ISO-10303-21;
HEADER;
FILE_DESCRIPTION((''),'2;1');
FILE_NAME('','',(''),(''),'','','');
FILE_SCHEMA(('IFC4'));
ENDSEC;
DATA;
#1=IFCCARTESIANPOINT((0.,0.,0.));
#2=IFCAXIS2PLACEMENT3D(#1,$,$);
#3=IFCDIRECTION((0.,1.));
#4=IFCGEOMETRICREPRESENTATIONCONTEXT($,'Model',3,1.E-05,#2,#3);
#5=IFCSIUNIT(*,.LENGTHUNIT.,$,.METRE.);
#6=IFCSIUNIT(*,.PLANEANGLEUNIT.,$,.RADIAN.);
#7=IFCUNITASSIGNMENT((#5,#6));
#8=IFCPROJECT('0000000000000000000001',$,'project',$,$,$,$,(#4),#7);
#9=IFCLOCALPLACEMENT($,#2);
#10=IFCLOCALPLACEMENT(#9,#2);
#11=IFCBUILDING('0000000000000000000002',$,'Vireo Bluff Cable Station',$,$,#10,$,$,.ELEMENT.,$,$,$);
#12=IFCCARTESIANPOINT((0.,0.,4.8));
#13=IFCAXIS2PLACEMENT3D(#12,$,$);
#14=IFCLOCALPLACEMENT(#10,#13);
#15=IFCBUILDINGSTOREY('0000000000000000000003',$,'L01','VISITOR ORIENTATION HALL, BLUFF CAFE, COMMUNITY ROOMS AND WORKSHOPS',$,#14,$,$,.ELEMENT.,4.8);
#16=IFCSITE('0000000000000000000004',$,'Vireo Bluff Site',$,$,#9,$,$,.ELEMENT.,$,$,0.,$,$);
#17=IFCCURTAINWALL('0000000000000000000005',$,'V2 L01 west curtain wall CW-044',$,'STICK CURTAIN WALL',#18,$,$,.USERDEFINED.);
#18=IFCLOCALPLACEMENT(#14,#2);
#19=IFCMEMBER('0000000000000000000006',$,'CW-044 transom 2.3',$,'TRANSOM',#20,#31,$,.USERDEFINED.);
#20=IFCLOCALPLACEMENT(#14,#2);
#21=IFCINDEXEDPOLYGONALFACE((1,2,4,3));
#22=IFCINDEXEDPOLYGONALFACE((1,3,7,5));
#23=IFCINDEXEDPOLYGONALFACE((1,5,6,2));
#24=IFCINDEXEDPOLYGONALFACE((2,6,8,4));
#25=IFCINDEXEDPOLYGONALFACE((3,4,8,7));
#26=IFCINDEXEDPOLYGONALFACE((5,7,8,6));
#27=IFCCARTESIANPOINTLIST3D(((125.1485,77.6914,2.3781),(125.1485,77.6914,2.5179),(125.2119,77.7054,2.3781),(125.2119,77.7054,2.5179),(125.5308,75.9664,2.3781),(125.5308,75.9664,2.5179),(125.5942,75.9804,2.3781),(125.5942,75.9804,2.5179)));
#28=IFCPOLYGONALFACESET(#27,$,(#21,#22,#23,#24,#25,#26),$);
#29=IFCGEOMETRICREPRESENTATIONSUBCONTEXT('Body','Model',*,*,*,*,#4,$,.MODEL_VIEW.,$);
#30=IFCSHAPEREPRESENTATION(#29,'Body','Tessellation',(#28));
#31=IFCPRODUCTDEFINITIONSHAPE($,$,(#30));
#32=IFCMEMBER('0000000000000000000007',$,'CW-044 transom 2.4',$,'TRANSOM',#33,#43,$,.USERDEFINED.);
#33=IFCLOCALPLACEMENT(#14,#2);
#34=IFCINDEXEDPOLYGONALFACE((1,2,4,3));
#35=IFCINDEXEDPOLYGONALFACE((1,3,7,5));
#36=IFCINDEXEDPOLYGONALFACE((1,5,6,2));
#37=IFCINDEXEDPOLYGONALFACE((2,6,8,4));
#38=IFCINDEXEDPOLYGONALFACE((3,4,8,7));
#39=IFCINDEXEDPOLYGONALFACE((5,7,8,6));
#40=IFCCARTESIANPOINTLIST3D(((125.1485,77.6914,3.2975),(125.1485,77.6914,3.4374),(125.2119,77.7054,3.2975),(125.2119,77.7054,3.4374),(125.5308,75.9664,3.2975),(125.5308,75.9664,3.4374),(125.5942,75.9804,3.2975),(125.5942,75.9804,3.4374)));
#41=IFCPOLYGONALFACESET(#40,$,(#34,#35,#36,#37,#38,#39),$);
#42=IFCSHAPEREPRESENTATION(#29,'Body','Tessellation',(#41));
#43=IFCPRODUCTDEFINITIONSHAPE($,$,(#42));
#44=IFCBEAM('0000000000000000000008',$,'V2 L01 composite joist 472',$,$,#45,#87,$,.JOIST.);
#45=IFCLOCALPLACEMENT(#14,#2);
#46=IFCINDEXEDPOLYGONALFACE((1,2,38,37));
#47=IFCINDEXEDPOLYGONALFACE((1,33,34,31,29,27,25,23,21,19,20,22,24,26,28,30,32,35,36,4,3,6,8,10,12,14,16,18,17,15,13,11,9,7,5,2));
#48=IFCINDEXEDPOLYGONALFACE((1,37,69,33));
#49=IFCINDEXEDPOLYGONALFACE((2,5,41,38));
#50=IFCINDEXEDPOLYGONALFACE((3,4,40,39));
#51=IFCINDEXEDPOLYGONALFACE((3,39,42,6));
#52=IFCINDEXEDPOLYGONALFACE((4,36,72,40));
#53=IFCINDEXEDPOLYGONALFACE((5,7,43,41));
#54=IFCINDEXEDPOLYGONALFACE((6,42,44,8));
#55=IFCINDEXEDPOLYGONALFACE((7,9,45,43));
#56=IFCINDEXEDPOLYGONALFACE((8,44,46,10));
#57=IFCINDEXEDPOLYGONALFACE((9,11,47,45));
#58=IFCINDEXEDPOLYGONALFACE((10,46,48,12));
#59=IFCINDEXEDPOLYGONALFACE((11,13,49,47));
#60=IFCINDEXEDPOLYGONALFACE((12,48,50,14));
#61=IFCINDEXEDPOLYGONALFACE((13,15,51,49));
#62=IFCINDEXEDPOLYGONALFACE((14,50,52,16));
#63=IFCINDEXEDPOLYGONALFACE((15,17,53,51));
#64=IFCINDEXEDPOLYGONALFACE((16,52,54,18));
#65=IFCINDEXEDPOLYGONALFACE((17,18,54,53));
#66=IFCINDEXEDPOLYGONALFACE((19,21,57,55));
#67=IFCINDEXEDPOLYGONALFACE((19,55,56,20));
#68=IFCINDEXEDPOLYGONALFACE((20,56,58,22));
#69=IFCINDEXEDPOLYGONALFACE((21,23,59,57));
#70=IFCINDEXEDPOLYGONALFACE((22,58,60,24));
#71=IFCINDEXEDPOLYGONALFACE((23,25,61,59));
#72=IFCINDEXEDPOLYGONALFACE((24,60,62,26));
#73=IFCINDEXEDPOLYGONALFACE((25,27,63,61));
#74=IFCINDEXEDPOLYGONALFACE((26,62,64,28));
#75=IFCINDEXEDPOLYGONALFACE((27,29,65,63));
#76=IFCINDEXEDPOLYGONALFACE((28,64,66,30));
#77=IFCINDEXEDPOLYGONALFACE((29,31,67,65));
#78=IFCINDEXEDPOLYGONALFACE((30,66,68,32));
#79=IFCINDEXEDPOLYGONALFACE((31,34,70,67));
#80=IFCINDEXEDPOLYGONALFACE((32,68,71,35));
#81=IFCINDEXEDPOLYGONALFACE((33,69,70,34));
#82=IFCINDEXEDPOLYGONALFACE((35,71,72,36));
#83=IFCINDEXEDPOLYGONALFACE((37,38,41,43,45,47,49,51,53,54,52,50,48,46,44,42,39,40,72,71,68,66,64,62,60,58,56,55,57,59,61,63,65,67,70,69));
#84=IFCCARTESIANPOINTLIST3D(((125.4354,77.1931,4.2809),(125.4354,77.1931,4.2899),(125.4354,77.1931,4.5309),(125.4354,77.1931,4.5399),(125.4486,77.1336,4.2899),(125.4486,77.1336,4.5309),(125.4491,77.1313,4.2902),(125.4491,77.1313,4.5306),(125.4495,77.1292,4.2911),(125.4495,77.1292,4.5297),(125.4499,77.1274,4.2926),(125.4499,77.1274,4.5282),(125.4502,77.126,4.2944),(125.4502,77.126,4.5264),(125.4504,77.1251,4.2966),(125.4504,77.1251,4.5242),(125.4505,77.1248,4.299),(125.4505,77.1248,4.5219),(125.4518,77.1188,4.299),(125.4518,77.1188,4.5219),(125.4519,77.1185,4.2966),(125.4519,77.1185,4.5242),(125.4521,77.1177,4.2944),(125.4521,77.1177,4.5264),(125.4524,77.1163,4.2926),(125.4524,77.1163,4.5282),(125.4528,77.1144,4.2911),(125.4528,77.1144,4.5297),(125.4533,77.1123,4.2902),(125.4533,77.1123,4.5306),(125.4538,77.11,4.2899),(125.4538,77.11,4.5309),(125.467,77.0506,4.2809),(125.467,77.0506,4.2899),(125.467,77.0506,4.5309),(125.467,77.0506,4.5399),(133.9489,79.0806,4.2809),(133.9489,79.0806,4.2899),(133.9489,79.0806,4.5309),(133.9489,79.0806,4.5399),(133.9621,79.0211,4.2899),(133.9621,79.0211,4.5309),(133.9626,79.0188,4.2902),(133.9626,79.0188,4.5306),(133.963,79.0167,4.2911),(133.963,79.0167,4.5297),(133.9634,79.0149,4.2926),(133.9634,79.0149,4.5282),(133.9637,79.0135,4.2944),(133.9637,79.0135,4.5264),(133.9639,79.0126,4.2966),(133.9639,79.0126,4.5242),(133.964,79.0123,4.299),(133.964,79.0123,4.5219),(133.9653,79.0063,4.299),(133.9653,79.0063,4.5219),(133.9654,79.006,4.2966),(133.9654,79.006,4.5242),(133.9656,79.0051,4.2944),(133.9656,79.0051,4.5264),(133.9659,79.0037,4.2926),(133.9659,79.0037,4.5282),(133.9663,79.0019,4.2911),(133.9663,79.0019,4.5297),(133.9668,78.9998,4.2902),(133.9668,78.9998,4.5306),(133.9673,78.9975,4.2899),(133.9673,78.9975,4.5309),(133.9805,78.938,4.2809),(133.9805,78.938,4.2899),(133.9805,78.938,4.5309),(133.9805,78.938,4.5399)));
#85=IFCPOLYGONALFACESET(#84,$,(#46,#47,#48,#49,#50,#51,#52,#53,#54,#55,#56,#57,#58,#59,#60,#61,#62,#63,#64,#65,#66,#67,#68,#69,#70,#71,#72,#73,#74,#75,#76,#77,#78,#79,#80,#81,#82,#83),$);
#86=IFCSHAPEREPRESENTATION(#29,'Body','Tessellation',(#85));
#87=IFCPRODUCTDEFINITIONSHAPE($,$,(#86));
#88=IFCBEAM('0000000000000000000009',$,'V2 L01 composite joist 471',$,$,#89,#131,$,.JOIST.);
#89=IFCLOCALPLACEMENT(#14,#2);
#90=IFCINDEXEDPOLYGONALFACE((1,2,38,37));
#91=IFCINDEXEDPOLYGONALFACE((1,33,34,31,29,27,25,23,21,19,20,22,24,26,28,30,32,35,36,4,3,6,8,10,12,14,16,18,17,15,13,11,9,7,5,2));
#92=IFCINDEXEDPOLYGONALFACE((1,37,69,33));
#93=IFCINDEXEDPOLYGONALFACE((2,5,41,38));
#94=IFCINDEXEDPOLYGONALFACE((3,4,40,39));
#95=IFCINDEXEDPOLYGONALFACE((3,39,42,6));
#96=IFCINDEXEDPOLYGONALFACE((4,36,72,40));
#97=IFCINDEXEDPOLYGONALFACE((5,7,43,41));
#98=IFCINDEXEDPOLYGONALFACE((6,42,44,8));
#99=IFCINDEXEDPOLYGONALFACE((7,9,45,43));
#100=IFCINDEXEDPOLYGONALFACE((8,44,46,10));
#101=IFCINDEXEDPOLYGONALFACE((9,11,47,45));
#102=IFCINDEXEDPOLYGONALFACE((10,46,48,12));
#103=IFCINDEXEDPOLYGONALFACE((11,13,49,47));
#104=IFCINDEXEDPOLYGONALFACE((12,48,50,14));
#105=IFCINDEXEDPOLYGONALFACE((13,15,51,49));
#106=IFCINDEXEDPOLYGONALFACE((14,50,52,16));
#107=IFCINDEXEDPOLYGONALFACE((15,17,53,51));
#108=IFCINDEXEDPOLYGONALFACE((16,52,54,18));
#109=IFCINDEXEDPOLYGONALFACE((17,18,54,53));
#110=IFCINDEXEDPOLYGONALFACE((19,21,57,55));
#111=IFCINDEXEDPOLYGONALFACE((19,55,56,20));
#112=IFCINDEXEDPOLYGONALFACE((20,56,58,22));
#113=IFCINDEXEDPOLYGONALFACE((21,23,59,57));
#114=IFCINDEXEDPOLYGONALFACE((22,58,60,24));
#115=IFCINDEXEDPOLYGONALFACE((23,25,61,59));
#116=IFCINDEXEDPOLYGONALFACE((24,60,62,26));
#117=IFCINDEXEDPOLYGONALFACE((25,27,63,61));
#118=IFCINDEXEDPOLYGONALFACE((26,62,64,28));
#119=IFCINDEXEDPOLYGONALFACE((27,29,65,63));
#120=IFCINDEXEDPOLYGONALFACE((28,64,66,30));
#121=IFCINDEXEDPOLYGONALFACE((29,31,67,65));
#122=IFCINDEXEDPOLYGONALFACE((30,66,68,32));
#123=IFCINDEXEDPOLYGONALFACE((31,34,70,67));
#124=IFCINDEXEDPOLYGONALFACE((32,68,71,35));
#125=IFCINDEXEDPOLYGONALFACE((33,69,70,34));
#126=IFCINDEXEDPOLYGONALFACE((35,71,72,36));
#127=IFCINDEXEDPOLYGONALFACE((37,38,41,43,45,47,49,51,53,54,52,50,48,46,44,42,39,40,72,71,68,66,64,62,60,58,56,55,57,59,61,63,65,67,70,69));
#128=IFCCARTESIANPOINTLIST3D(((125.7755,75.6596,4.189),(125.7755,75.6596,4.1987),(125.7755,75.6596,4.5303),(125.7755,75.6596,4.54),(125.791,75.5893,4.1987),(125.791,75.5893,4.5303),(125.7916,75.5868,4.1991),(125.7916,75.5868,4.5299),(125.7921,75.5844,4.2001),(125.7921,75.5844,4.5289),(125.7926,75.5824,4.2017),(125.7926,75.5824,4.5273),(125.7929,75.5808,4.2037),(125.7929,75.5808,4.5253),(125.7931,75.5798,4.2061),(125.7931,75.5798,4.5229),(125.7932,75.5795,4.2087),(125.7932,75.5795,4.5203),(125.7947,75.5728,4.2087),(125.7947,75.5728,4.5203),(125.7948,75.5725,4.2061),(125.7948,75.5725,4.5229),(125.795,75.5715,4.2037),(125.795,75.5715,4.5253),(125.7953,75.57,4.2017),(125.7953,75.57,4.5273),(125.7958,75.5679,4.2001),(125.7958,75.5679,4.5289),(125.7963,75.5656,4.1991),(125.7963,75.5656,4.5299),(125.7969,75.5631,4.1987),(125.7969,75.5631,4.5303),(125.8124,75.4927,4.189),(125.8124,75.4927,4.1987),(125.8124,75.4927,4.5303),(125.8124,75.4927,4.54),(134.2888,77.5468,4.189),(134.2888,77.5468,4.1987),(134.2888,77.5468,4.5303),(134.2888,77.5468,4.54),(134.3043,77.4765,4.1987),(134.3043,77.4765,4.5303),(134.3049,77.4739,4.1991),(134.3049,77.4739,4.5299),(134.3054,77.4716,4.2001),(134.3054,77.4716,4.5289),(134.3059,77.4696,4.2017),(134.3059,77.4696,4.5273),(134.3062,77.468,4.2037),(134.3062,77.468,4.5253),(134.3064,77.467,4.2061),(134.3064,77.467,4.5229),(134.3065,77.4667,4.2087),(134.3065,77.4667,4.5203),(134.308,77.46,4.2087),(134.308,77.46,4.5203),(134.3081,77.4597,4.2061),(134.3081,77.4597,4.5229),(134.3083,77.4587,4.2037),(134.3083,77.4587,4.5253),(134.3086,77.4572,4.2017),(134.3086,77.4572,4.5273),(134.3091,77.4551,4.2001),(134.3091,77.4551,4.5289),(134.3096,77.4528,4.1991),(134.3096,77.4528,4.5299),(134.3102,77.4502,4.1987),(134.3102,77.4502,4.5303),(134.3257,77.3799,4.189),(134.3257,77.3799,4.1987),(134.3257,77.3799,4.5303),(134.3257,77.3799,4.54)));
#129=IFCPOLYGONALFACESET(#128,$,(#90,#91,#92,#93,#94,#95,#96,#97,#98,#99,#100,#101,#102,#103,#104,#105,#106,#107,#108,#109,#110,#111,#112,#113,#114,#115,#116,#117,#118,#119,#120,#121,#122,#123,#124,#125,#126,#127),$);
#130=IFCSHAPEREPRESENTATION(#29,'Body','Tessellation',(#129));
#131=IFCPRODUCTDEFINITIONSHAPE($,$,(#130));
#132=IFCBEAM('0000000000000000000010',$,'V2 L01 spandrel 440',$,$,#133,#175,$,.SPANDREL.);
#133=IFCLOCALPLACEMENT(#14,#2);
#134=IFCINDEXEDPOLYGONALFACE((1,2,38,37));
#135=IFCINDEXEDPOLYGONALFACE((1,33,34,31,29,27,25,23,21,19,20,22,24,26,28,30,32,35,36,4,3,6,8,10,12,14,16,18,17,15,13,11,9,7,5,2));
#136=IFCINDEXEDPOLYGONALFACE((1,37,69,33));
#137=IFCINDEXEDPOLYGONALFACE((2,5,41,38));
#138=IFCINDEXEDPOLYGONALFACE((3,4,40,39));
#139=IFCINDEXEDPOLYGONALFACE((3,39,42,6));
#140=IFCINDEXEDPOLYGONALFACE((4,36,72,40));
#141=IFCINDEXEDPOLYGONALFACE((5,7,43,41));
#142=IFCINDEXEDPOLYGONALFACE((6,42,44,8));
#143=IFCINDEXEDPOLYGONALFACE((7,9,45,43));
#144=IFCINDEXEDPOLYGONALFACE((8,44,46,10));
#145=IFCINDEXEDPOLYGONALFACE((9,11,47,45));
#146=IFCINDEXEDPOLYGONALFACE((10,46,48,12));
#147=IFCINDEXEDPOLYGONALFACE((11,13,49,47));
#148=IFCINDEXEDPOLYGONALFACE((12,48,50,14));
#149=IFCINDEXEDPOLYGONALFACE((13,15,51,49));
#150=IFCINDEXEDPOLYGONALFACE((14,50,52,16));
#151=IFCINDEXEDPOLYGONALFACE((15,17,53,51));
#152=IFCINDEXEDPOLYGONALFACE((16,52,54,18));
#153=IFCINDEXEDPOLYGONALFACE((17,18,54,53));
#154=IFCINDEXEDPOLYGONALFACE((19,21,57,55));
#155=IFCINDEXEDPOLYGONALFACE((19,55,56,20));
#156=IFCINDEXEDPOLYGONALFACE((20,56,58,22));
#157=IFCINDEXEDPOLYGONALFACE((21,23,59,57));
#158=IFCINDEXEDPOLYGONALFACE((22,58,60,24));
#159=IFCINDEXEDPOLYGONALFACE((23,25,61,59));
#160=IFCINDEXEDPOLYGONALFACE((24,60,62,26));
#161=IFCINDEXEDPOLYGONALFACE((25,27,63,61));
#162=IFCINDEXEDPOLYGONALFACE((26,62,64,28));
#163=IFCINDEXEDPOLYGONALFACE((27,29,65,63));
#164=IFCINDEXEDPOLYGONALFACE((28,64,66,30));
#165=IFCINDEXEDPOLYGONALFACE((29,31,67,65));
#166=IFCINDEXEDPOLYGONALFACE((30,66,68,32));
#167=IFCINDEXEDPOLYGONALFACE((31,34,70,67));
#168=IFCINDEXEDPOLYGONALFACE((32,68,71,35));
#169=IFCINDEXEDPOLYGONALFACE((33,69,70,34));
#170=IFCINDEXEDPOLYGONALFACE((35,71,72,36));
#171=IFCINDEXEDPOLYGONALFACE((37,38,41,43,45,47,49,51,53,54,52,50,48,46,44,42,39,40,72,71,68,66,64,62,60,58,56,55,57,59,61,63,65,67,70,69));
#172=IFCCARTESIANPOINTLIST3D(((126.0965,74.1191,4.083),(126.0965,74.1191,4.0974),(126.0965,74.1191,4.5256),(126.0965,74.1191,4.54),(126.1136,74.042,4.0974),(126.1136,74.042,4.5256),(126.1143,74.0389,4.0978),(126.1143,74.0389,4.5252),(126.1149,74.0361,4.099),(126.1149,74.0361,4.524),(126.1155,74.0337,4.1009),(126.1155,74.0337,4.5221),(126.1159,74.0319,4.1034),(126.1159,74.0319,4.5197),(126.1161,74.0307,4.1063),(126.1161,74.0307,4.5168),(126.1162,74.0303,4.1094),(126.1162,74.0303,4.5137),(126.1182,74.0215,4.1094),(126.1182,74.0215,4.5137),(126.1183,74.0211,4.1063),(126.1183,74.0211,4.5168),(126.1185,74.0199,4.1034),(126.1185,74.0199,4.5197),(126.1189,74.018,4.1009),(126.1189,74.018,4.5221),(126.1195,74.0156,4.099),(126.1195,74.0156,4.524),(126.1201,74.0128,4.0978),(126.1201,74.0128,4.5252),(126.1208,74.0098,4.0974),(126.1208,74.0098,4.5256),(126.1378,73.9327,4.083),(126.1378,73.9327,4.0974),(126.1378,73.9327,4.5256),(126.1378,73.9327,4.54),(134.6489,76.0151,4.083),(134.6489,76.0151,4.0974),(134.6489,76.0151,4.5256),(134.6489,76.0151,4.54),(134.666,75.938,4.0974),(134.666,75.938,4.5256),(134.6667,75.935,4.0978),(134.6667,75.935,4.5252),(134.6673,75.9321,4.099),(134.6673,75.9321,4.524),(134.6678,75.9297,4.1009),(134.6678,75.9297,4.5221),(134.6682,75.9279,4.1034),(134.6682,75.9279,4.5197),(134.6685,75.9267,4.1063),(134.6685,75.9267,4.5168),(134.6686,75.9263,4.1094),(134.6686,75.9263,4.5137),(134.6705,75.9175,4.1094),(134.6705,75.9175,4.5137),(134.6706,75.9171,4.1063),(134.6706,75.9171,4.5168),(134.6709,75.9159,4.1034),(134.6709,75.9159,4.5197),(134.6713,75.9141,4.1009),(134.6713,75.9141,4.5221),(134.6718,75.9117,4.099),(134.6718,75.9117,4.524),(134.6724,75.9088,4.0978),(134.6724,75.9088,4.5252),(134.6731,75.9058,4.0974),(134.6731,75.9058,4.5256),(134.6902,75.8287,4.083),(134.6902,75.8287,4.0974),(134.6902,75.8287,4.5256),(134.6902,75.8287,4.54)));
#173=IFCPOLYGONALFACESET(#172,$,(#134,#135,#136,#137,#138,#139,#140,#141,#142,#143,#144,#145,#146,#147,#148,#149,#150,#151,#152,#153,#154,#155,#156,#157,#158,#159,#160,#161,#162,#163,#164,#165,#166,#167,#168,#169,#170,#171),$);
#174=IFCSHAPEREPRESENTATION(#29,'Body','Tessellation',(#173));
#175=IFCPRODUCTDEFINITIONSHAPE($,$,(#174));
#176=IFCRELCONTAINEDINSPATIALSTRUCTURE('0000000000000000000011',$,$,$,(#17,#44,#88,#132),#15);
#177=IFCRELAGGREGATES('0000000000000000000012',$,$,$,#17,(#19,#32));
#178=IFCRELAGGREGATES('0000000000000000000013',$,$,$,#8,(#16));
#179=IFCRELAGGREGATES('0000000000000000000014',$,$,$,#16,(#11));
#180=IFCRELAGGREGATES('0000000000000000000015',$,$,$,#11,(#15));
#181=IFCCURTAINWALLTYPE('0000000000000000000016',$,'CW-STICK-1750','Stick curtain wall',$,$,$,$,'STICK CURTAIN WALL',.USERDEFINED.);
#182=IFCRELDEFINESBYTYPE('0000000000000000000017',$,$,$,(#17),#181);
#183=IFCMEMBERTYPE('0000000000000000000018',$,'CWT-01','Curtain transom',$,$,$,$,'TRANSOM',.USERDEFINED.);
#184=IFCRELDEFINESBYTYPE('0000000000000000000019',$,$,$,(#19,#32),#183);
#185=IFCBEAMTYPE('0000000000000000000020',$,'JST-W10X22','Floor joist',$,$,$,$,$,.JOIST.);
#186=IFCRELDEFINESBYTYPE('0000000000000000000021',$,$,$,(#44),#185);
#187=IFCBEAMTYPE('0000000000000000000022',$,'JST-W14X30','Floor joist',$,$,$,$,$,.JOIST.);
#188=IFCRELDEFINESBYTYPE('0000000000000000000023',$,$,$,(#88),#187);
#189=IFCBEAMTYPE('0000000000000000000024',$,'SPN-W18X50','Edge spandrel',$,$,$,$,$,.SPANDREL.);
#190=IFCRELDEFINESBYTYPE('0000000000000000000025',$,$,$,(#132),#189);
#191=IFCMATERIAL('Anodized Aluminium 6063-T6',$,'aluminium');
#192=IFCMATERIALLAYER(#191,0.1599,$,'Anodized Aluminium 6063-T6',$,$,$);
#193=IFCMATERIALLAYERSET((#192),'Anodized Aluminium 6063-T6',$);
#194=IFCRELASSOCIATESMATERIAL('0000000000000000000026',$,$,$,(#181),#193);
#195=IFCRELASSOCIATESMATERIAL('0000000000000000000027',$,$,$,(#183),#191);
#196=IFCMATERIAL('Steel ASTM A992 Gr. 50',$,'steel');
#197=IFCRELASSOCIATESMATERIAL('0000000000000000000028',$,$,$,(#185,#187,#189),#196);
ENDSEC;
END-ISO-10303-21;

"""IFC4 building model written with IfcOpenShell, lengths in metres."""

from ifc_helpers import new_model, si_unit, direction, frame, origin, origin_2d, place, context, subcontext, project, spatial, rectangle, i_section, extrude, material, layer, layer_set, material_profile, profile_set, type_object, element, aggregate, save


model = new_model("IFC4")

# Units and contexts
model_context = context("Model", 3, precision=1e-05, world=origin(), true_north=direction((0.0, 1.0)))
body_context = subcontext(model_context, "Body", "Model", "MODEL_VIEW")
ifc_project = project(units=[si_unit("LENGTHUNIT", "METRE"), si_unit("PLANEANGLEUNIT", "RADIAN")], contexts=[model_context])

# Site, building, storey
site_placement = place(None, origin())
site = spatial("IfcSite", under=ifc_project, at=site_placement, Name="Vireo Bluff Site", CompositionType="ELEMENT", RefElevation=0.0)
building_placement = place(site_placement, origin())
building = spatial("IfcBuilding", under=site, at=building_placement, Name="Vireo Bluff Cable Station", CompositionType="ELEMENT")
storey_placement = place(building_placement, frame((0.0, 0.0, 4.8)))
storey = spatial("IfcBuildingStorey", under=building, at=storey_placement, Name="L01", Description="VISITOR ORIENTATION HALL, BLUFF CAFE, COMMUNITY ROOMS AND WORKSHOPS", CompositionType="ELEMENT", Elevation=4.8)

# Shared definitions
ifc_material_1 = material(Name="Steel ASTM A992 Gr. 50", Category="steel")

# Curtain wall
ifc_material_2 = material(Name="Anodized Aluminium 6063-T6", Category="aluminium")
ifc_layer_1 = layer(ifc_material_2, 0.1599, Name="Anodized Aluminium 6063-T6")
ifc_layer_set_1 = layer_set([ifc_layer_1], Name="Anodized Aluminium 6063-T6")
curtain_wall_type_1 = type_object("IfcCurtainWallType", Name="CW-STICK-1750", Description="Stick curtain wall", ElementType="STICK CURTAIN WALL", PredefinedType="USERDEFINED", material=ifc_layer_set_1)
curtain_wall_1_placement = place(storey_placement, origin())
curtain_wall_1 = element("IfcCurtainWall", 1, at=curtain_wall_1_placement, inside=storey, type_object=curtain_wall_type_1, Name="V2 L01 west curtain wall CW-044", ObjectType="STICK CURTAIN WALL", PredefinedType="USERDEFINED")

# Members
ifc_material_profile_1 = material_profile(ifc_material_2, rectangle(XDim=0.0649, YDim=0.1399, at=origin_2d()), Name="ALU-T-65X140")
ifc_profile_set_1 = profile_set([ifc_material_profile_1], Name="Anodized Aluminium 6063-T6")
member_type_1 = type_object("IfcMemberType", Name="CWT-01", Description="Curtain transom", ElementType="TRANSOM", PredefinedType="USERDEFINED", material=ifc_profile_set_1)
member_1_placement = place(storey_placement, frame((125.5625, 75.9734, 2.448), z_axis=(-0.216374, 0.97631, 0.0), x_axis=(-0.97631, -0.216374, 0.0)))
member_1 = element("IfcMember", 2, at=member_1_placement, type_object=member_type_1, Name="CW-044 transom 2.3", ObjectType="TRANSOM", PredefinedType="USERDEFINED", context=body_context, shape_type="SweptSolid", body=[
    extrude(rectangle(XDim=0.0649, YDim=0.1399, at=origin_2d()), origin(), (0.0, 0.0, 1.0), 1.7668),
])
member_2_placement = place(storey_placement, frame((125.5625, 75.9734, 3.3674), z_axis=(-0.216374, 0.97631, 0.0), x_axis=(-0.97631, -0.216374, 0.0)))
member_2 = element("IfcMember", 3, at=member_2_placement, type_object=member_type_1, Name="CW-044 transom 2.4", ObjectType="TRANSOM", PredefinedType="USERDEFINED", context=body_context, shape_type="SweptSolid", body=[
    extrude(rectangle(XDim=0.0649, YDim=0.1399, at=origin_2d()), origin(), (0.0, 0.0, 1.0), 1.7668),
])

# Beams
ifc_material_profile_2 = material_profile(ifc_material_1, i_section(OverallWidth=0.146, OverallDepth=0.259, WebThickness=0.0061, FlangeThickness=0.009, FilletRadius=0.009, at=origin_2d()), Name="W10X22")
ifc_profile_set_2 = profile_set([ifc_material_profile_2], Name="Steel ASTM A992 Gr. 50")
beam_type_1 = type_object("IfcBeamType", Name="JST-W10X22", Description="Floor joist", PredefinedType="JOIST", material=ifc_profile_set_2)
beam_1_placement = place(storey_placement, frame((125.4512, 77.1218, 4.4104), z_axis=(0.976294, 0.216447, 0.0), x_axis=(-0.216447, 0.976294, 0.0)))
element("IfcBeam", 4, at=beam_1_placement, inside=storey, type_object=beam_type_1, Name="V2 L01 composite joist 472", PredefinedType="JOIST", context=body_context, shape_type="SweptSolid", body=[
    extrude(i_section(OverallWidth=0.146, OverallDepth=0.259, WebThickness=0.0061, FlangeThickness=0.009, FilletRadius=0.009, at=origin_2d()), origin(), (0.0, 0.0, 1.0), 8.7202),
])
ifc_material_profile_3 = material_profile(ifc_material_1, i_section(OverallWidth=0.1709, OverallDepth=0.3511, WebThickness=0.0068, FlangeThickness=0.0098, FilletRadius=0.01, at=origin_2d()), Name="W14X30")
ifc_profile_set_3 = profile_set([ifc_material_profile_3], Name="Steel ASTM A992 Gr. 50")
beam_type_2 = type_object("IfcBeamType", Name="JST-W14X30", Description="Floor joist", PredefinedType="JOIST", material=ifc_profile_set_3)
beam_2_placement = place(storey_placement, frame((125.7939, 75.5762, 4.3645), z_axis=(0.9763, 0.216421, 0.0), x_axis=(-0.216421, 0.9763, 0.0)))
element("IfcBeam", 5, at=beam_2_placement, inside=storey, type_object=beam_type_2, Name="V2 L01 composite joist 471", PredefinedType="JOIST", context=body_context, shape_type="SweptSolid", body=[
    extrude(i_section(OverallWidth=0.1709, OverallDepth=0.3511, WebThickness=0.0068, FlangeThickness=0.0098, FilletRadius=0.01, at=origin_2d()), origin(), (0.0, 0.0, 1.0), 8.72),
])
ifc_material_profile_4 = material_profile(ifc_material_1, i_section(OverallWidth=0.1909, OverallDepth=0.457, WebThickness=0.009, FlangeThickness=0.0144, FilletRadius=0.012, at=origin_2d()), Name="W18X50")
ifc_profile_set_4 = profile_set([ifc_material_profile_4], Name="Steel ASTM A992 Gr. 50")
beam_type_3 = type_object("IfcBeamType", Name="SPN-W18X50", Description="Edge spandrel", PredefinedType="SPANDREL", material=ifc_profile_set_4)
beam_3_placement = place(storey_placement, frame((126.1172, 74.0259, 4.3115), z_axis=(0.976296, 0.216441, 0.0), x_axis=(-0.216441, 0.976296, 0.0)))
element("IfcBeam", 6, at=beam_3_placement, inside=storey, type_object=beam_type_3, Name="V2 L01 spandrel 440", PredefinedType="SPANDREL", context=body_context, shape_type="SweptSolid", body=[
    extrude(i_section(OverallWidth=0.1909, OverallDepth=0.457, WebThickness=0.009, FlangeThickness=0.0144, FilletRadius=0.012, at=origin_2d()), origin(), (0.0, 0.0, 1.0), 8.76),
])

aggregate(curtain_wall_1, [member_1, member_2])

save(model, "model.ifc")
